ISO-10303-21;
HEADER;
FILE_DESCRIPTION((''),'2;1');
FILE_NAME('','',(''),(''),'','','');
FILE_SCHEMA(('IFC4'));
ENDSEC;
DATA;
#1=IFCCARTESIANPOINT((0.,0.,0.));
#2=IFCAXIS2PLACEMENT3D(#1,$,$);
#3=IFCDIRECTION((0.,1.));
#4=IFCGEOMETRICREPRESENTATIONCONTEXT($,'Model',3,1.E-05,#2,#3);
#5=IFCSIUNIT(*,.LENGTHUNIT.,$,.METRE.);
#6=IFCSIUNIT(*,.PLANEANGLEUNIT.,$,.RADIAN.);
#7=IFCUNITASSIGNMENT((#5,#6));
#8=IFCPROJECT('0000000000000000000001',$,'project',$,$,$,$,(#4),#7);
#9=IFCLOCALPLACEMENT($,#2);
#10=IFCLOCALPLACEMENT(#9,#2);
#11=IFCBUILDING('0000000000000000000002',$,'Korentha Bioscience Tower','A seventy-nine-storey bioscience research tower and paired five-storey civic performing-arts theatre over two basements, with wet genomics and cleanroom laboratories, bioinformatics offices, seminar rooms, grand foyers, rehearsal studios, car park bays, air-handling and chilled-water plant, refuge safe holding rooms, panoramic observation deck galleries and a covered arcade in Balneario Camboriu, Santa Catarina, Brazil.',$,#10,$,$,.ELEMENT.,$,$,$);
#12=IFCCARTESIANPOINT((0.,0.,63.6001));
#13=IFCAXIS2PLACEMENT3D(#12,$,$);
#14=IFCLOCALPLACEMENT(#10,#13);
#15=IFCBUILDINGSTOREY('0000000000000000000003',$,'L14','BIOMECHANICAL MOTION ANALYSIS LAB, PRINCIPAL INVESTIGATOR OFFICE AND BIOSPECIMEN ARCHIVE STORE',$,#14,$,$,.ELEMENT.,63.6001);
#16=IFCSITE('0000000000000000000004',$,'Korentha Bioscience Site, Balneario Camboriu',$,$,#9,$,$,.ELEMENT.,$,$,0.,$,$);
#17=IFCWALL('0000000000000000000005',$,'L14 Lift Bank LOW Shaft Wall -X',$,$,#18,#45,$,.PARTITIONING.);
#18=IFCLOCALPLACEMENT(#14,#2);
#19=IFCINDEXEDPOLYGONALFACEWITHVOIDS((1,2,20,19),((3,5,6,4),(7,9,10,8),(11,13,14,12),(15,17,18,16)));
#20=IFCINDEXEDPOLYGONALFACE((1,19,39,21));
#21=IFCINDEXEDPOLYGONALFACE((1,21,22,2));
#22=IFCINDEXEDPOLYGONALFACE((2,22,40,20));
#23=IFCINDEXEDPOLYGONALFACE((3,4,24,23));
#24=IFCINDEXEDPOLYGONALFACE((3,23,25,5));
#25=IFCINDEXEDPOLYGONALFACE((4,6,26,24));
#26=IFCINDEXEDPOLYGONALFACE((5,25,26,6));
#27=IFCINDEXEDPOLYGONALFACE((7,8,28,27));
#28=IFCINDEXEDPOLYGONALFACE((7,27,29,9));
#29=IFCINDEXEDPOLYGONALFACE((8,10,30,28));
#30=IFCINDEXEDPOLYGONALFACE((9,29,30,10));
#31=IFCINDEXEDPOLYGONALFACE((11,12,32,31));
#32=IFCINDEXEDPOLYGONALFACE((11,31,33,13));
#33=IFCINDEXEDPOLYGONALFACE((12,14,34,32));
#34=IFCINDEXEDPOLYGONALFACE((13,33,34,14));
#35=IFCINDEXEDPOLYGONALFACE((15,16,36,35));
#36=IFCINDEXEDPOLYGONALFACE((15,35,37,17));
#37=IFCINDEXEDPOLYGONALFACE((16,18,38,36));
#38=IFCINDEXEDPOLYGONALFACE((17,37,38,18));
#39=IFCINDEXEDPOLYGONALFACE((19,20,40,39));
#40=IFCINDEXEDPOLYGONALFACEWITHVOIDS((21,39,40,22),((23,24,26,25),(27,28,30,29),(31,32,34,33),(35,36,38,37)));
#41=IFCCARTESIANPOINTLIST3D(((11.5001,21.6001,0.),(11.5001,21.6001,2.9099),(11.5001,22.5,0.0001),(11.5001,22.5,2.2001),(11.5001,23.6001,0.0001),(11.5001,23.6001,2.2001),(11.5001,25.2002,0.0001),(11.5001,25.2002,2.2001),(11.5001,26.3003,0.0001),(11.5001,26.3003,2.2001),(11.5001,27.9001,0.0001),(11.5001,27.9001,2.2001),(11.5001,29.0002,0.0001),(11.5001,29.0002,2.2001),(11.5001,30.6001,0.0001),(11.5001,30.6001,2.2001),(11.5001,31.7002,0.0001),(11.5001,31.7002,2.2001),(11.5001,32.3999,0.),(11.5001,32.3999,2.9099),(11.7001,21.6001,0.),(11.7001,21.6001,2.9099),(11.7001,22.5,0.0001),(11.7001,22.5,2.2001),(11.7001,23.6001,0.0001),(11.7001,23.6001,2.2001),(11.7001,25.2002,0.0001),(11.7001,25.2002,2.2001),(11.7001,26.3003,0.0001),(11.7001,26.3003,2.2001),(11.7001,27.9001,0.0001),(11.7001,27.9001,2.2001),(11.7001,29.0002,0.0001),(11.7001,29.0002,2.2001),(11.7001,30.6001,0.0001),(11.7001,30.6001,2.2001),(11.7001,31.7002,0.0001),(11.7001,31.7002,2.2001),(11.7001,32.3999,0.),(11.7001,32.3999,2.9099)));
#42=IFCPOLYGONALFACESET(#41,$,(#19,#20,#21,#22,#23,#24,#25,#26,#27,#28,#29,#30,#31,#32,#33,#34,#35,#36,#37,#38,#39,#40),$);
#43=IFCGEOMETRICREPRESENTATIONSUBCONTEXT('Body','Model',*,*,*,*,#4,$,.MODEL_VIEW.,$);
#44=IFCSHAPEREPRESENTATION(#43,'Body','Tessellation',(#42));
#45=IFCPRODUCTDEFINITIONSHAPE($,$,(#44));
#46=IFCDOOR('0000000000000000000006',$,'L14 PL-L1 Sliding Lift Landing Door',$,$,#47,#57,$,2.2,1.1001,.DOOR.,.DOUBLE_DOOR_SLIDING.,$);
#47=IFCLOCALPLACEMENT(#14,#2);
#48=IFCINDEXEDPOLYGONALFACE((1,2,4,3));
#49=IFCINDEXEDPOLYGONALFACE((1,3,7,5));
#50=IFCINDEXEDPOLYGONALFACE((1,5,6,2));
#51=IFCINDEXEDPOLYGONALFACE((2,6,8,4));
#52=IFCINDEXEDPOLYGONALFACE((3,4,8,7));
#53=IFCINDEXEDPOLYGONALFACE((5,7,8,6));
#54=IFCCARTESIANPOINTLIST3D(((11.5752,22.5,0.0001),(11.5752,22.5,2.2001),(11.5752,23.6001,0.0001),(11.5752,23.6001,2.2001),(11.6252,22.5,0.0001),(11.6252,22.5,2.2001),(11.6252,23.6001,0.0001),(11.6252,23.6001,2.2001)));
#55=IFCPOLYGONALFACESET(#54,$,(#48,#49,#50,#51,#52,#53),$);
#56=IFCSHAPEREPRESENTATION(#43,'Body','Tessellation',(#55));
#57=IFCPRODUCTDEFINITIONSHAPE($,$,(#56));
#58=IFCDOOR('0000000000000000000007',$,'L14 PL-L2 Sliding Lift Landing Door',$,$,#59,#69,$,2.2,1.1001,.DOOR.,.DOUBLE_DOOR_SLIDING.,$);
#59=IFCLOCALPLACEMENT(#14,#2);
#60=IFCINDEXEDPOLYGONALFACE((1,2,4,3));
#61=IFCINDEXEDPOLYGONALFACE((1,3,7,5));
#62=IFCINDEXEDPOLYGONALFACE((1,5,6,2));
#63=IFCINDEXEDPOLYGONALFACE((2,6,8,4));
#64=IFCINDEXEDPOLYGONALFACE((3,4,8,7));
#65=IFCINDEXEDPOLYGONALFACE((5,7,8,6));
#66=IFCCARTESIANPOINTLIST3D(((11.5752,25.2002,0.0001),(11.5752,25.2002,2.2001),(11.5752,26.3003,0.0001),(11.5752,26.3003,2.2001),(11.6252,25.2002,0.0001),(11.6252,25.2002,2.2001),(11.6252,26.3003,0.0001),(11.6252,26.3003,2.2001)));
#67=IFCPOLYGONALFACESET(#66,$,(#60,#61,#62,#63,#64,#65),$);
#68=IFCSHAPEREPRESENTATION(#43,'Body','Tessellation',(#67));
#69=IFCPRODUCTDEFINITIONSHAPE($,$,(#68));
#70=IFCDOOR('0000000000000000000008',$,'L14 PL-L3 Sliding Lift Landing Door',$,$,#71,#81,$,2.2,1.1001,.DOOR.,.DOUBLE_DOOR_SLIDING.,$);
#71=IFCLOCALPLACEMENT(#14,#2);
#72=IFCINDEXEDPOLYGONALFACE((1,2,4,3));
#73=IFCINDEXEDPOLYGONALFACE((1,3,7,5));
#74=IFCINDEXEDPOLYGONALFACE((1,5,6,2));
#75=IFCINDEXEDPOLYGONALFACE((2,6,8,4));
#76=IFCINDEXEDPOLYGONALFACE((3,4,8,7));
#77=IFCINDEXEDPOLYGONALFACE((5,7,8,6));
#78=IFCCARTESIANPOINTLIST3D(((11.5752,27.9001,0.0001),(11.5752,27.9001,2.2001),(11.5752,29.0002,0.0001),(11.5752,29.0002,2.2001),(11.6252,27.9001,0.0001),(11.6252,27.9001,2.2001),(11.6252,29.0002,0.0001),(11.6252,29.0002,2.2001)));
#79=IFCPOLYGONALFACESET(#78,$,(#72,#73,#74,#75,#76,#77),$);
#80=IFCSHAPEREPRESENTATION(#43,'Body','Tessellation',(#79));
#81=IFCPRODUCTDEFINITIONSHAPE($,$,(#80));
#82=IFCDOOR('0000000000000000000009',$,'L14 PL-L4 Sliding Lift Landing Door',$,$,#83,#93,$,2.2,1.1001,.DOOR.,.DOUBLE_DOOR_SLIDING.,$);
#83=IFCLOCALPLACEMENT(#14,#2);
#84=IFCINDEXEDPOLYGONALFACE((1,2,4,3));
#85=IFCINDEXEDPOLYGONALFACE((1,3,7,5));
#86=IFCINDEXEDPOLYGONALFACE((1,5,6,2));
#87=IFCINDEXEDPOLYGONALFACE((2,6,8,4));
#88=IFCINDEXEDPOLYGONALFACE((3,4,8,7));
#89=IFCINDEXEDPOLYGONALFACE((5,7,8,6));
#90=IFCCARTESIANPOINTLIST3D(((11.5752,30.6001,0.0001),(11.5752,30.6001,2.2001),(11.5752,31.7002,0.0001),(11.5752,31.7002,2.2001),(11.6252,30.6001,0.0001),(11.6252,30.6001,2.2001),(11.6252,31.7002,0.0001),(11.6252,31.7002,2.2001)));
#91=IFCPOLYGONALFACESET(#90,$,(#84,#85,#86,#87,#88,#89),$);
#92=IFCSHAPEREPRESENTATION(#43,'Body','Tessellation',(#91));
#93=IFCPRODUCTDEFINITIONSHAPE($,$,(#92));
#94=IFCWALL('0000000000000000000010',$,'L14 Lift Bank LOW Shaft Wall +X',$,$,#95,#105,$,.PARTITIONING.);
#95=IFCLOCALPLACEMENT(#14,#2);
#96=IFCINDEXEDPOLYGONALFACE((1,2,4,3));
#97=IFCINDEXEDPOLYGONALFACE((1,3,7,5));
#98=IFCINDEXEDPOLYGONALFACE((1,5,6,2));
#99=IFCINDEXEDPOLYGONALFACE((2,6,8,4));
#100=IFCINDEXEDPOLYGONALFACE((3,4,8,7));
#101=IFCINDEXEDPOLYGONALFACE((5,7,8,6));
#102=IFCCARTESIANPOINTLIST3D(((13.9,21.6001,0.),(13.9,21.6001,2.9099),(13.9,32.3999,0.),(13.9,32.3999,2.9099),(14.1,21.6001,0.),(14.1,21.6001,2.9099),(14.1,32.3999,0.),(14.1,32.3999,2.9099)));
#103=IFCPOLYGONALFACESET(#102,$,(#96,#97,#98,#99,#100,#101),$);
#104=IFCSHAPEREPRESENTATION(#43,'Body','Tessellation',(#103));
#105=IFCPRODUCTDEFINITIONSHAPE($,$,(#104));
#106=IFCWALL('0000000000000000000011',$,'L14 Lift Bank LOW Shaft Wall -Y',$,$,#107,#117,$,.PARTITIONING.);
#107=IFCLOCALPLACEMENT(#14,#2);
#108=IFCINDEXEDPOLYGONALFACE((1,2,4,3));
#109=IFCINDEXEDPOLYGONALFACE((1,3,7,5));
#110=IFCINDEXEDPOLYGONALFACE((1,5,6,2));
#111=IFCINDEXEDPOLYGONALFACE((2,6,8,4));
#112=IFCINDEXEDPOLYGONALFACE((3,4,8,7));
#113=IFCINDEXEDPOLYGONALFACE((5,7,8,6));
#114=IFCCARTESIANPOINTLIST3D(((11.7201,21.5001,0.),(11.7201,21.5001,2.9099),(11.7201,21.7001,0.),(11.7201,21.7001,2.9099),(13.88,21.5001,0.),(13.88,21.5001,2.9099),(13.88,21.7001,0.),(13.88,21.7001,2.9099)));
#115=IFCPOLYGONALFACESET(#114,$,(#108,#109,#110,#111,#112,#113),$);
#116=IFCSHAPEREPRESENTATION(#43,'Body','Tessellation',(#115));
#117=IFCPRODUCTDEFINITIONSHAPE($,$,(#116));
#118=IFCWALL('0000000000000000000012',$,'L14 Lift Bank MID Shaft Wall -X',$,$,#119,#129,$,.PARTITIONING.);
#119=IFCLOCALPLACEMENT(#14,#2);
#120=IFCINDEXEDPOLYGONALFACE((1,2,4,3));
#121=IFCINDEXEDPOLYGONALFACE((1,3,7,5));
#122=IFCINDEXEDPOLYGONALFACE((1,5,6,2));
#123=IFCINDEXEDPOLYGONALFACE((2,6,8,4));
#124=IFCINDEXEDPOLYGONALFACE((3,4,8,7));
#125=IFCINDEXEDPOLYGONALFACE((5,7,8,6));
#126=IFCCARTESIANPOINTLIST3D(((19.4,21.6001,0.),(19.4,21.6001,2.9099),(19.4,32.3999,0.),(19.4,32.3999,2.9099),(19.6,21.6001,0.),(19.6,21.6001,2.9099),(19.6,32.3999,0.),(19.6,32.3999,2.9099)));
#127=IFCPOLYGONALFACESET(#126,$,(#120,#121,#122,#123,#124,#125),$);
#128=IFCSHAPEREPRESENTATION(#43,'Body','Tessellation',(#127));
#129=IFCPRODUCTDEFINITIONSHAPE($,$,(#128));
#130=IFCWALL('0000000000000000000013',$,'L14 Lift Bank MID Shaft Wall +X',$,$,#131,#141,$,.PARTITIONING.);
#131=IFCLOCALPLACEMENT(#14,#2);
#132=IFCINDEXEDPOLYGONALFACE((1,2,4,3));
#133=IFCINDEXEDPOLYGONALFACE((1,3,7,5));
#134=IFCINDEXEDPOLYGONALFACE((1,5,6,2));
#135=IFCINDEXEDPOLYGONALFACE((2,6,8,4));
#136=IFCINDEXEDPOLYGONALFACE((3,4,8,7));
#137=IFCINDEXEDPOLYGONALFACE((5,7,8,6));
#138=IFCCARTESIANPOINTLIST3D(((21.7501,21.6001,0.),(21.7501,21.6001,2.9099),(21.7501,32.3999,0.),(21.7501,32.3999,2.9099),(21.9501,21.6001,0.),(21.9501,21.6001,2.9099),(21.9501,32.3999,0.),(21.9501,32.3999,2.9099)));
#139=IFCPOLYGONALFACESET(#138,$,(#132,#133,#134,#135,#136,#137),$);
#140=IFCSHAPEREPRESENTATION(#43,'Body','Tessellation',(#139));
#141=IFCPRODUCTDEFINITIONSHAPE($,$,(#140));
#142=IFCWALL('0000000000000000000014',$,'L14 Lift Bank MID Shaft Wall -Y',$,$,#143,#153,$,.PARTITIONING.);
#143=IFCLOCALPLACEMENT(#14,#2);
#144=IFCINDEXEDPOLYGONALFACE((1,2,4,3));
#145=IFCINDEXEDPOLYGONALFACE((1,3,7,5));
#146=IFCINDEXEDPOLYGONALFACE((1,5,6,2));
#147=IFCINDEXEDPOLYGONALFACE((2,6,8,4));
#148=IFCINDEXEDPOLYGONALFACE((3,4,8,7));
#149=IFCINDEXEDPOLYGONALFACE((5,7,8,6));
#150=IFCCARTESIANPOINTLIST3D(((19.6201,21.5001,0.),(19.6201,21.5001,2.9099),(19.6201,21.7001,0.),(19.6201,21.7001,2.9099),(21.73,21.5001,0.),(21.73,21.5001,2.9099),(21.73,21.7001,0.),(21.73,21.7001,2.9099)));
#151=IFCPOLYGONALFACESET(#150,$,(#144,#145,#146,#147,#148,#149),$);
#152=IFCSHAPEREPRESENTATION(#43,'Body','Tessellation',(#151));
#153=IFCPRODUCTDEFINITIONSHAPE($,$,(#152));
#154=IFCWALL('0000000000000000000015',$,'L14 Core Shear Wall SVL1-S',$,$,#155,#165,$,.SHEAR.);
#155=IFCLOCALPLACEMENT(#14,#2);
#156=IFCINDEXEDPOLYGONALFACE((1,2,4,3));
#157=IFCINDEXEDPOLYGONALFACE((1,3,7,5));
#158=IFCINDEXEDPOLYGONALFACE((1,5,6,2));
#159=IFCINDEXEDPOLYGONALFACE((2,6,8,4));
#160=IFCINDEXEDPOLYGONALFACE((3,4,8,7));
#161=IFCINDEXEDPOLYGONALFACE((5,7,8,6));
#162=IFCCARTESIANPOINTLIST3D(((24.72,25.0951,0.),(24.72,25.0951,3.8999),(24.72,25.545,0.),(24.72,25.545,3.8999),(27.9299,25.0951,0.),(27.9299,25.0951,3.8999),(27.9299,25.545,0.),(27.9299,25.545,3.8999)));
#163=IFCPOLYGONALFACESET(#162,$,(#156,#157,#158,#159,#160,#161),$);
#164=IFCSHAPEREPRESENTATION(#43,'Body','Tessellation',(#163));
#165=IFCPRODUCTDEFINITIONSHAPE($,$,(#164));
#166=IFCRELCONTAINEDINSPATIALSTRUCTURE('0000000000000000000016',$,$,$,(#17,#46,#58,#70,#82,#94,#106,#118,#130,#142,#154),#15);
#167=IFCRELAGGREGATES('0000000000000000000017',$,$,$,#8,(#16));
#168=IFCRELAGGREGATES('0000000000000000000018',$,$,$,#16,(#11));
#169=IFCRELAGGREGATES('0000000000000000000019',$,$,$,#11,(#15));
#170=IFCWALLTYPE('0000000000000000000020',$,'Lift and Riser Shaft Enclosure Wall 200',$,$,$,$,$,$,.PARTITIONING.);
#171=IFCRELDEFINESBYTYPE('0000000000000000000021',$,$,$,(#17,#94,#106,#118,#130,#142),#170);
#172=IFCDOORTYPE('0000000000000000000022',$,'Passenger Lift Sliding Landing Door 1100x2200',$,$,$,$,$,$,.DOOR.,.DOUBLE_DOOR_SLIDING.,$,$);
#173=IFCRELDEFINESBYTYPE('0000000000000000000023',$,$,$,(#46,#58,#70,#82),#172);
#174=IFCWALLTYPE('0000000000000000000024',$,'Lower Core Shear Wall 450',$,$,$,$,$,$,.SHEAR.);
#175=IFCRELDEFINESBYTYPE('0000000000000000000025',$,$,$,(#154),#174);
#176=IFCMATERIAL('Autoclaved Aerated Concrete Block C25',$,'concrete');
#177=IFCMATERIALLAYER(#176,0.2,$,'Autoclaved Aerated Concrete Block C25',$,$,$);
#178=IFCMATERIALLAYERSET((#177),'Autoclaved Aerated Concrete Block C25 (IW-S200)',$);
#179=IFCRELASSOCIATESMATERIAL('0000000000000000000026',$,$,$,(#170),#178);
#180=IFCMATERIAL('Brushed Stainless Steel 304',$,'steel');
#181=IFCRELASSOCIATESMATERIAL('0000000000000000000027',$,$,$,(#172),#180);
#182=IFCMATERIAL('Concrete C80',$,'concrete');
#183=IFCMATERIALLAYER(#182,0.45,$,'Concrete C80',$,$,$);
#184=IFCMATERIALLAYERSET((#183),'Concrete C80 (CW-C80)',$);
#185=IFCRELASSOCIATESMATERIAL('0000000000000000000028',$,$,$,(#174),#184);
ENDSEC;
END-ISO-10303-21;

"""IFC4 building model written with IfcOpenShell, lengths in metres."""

from ifc_helpers import new_model, si_unit, direction, frame, frame_2d, origin, place, context, subcontext, project, spatial, rectangle, extrude, material, layer, layer_set, type_object, element, fill, save


model = new_model("IFC4")

# Units and contexts
model_context = context("Model", 3, precision=1e-05, world=origin(), true_north=direction((0.0, 1.0)))
body_context = subcontext(model_context, "Body", "Model", "MODEL_VIEW")
ifc_project = project(units=[si_unit("LENGTHUNIT", "METRE"), si_unit("PLANEANGLEUNIT", "RADIAN")], contexts=[model_context])

# Site, building, storey
site_placement = place(None, origin())
site = spatial("IfcSite", under=ifc_project, at=site_placement, Name="Korentha Bioscience Site, Balneario Camboriu", CompositionType="ELEMENT", RefElevation=0.0)
building_placement = place(site_placement, origin())
building = spatial("IfcBuilding", under=site, at=building_placement, Name="Korentha Bioscience Tower", Description="A seventy-nine-storey bioscience research tower and paired five-storey civic performing-arts theatre over two basements, with wet genomics and cleanroom laboratories, bioinformatics offices, seminar rooms, grand foyers, rehearsal studios, car park bays, air-handling and chilled-water plant, refuge safe holding rooms, panoramic observation deck galleries and a covered arcade in Balneario Camboriu, Santa Catarina, Brazil.", CompositionType="ELEMENT")
storey_placement = place(building_placement, frame((0.0, 0.0, 63.6001)))
storey = spatial("IfcBuildingStorey", under=building, at=storey_placement, Name="L14", Description="BIOMECHANICAL MOTION ANALYSIS LAB, PRINCIPAL INVESTIGATOR OFFICE AND BIOSPECIMEN ARCHIVE STORE", CompositionType="ELEMENT", Elevation=63.6001)

# Shared definitions
ifc_material_1 = material(Name="Concrete C80", Category="concrete")

# Wall, openings, doors
ifc_material_2 = material(Name="Autoclaved Aerated Concrete Block C25", Category="concrete")
ifc_layer_1 = layer(ifc_material_2, 0.2, Name="Autoclaved Aerated Concrete Block C25")
ifc_layer_set_1 = layer_set([ifc_layer_1], Name="Autoclaved Aerated Concrete Block C25 (IW-S200)")
wall_type_1 = type_object("IfcWallType", Name="Lift and Riser Shaft Enclosure Wall 200", PredefinedType="PARTITIONING", material=ifc_layer_set_1)
wall_1_placement = place(storey_placement, frame((11.6001, 21.6001, 0.0), z_axis=(0.0, 0.0, 1.0), x_axis=(0.0, 1.0, 0.0)))
wall_1 = element("IfcWall", 1, at=wall_1_placement, inside=storey, type_object=wall_type_1, Name="L14 Lift Bank LOW Shaft Wall -X", PredefinedType="PARTITIONING", context=body_context, shape_type="SweptSolid", body=[
    extrude(rectangle(XDim=10.7998, YDim=0.2, at=frame_2d((5.3999, 0.0))), origin(), (0.0, 0.0, 1.0), 2.9099),
])
opening_1_placement = place(wall_1_placement, frame((0.8999, 0.0, 0.0)))
opening_1 = element("IfcOpeningElement", 2, at=opening_1_placement, cuts=wall_1, PredefinedType="OPENING", context=body_context, shape_type="SweptSolid", body=[
    extrude(rectangle(XDim=1.1001, YDim=2.2, at=frame_2d((0.55, 1.1001))), frame((0.0, 0.1147, 0.0), z_axis=(0.0, -1.0, 0.0), x_axis=(1.0, 0.0, 0.0)), (0.0, 0.0, 1.0), 0.2297),
])
opening_2_placement = place(wall_1_placement, frame((3.6001, 0.0, 0.0)))
opening_2 = element("IfcOpeningElement", 3, at=opening_2_placement, cuts=wall_1, PredefinedType="OPENING", context=body_context, shape_type="SweptSolid", body=[
    extrude(rectangle(XDim=1.1001, YDim=2.2, at=frame_2d((0.55, 1.1001))), frame((0.0, 0.1147, 0.0), z_axis=(0.0, -1.0, 0.0), x_axis=(1.0, 0.0, 0.0)), (0.0, 0.0, 1.0), 0.2297),
])
opening_3_placement = place(wall_1_placement, frame((6.3, 0.0, 0.0)))
opening_3 = element("IfcOpeningElement", 4, at=opening_3_placement, cuts=wall_1, PredefinedType="OPENING", context=body_context, shape_type="SweptSolid", body=[
    extrude(rectangle(XDim=1.1001, YDim=2.2, at=frame_2d((0.55, 1.1001))), frame((0.0, 0.1147, 0.0), z_axis=(0.0, -1.0, 0.0), x_axis=(1.0, 0.0, 0.0)), (0.0, 0.0, 1.0), 0.2297),
])
opening_4_placement = place(wall_1_placement, frame((9.0, 0.0, 0.0)))
opening_4 = element("IfcOpeningElement", 5, at=opening_4_placement, cuts=wall_1, PredefinedType="OPENING", context=body_context, shape_type="SweptSolid", body=[
    extrude(rectangle(XDim=1.1001, YDim=2.2, at=frame_2d((0.55, 1.1001))), frame((0.0, 0.1147, 0.0), z_axis=(0.0, -1.0, 0.0), x_axis=(1.0, 0.0, 0.0)), (0.0, 0.0, 1.0), 0.2297),
])
ifc_material_3 = material(Name="Brushed Stainless Steel 304", Category="steel")
door_type_1 = type_object("IfcDoorType", Name="Passenger Lift Sliding Landing Door 1100x2200", OperationType="DOUBLE_DOOR_SLIDING", PredefinedType="DOOR", material=ifc_material_3)
door_1_placement = place(opening_1_placement, origin())
door_1 = element("IfcDoor", 6, at=door_1_placement, inside=storey, type_object=door_type_1, Name="L14 PL-L1 Sliding Lift Landing Door", OperationType="DOUBLE_DOOR_SLIDING", OverallHeight=2.2, OverallWidth=1.1001, PredefinedType="DOOR", context=body_context, shape_type="SweptSolid", body=[
    extrude(rectangle(XDim=1.1001, YDim=2.2, at=frame_2d((0.55, 1.1001))), frame((0.0, 0.0249, 0.0), z_axis=(0.0, -1.0, 0.0), x_axis=(1.0, 0.0, 0.0)), (0.0, 0.0, 1.0), 0.05),
])
fill(opening_1, door_1)
door_2_placement = place(opening_2_placement, origin())
door_2 = element("IfcDoor", 7, at=door_2_placement, inside=storey, type_object=door_type_1, Name="L14 PL-L2 Sliding Lift Landing Door", OperationType="DOUBLE_DOOR_SLIDING", OverallHeight=2.2, OverallWidth=1.1001, PredefinedType="DOOR", context=body_context, shape_type="SweptSolid", body=[
    extrude(rectangle(XDim=1.1001, YDim=2.2, at=frame_2d((0.55, 1.1001))), frame((0.0, 0.0249, 0.0), z_axis=(0.0, -1.0, 0.0), x_axis=(1.0, 0.0, 0.0)), (0.0, 0.0, 1.0), 0.05),
])
fill(opening_2, door_2)
door_3_placement = place(opening_3_placement, origin())
door_3 = element("IfcDoor", 8, at=door_3_placement, inside=storey, type_object=door_type_1, Name="L14 PL-L3 Sliding Lift Landing Door", OperationType="DOUBLE_DOOR_SLIDING", OverallHeight=2.2, OverallWidth=1.1001, PredefinedType="DOOR", context=body_context, shape_type="SweptSolid", body=[
    extrude(rectangle(XDim=1.1001, YDim=2.2, at=frame_2d((0.55, 1.1001))), frame((0.0, 0.0249, 0.0), z_axis=(0.0, -1.0, 0.0), x_axis=(1.0, 0.0, 0.0)), (0.0, 0.0, 1.0), 0.05),
])
fill(opening_3, door_3)
door_4_placement = place(opening_4_placement, origin())
door_4 = element("IfcDoor", 9, at=door_4_placement, inside=storey, type_object=door_type_1, Name="L14 PL-L4 Sliding Lift Landing Door", OperationType="DOUBLE_DOOR_SLIDING", OverallHeight=2.2, OverallWidth=1.1001, PredefinedType="DOOR", context=body_context, shape_type="SweptSolid", body=[
    extrude(rectangle(XDim=1.1001, YDim=2.2, at=frame_2d((0.55, 1.1001))), frame((0.0, 0.0249, 0.0), z_axis=(0.0, -1.0, 0.0), x_axis=(1.0, 0.0, 0.0)), (0.0, 0.0, 1.0), 0.05),
])
fill(opening_4, door_4)

# Walls
wall_2_placement = place(storey_placement, frame((14.0, 21.6001, 0.0), z_axis=(0.0, 0.0, 1.0), x_axis=(0.0, 1.0, 0.0)))
element("IfcWall", 10, at=wall_2_placement, inside=storey, type_object=wall_type_1, Name="L14 Lift Bank LOW Shaft Wall +X", PredefinedType="PARTITIONING", context=body_context, shape_type="SweptSolid", body=[
    extrude(rectangle(XDim=10.7998, YDim=0.2, at=frame_2d((5.3999, 0.0))), origin(), (0.0, 0.0, 1.0), 2.9099),
])
wall_3_placement = place(storey_placement, frame((11.72, 21.6001, 0.0), z_axis=(0.0, 0.0, 1.0), x_axis=(1.0, 0.0, 0.0)))
element("IfcWall", 11, at=wall_3_placement, inside=storey, type_object=wall_type_1, Name="L14 Lift Bank LOW Shaft Wall -Y", PredefinedType="PARTITIONING", context=body_context, shape_type="SweptSolid", body=[
    extrude(rectangle(XDim=2.1599, YDim=0.2, at=frame_2d((1.0801, 0.0))), origin(), (0.0, 0.0, 1.0), 2.9099),
])
for number, where, z_axis, x_axis, name in (
    (12, (19.5, 21.6001, 0.0), (0.0, 0.0, 1.0), (0.0, 1.0, 0.0), "L14 Lift Bank MID Shaft Wall -X"),
    (13, (21.8501, 21.6001, 0.0), (0.0, 0.0, 1.0), (0.0, 1.0, 0.0), "L14 Lift Bank MID Shaft Wall +X"),
):
    element("IfcWall", number, at=place(storey_placement, frame(where, z_axis=z_axis, x_axis=x_axis)), inside=storey, type_object=wall_type_1, Name=name, PredefinedType="PARTITIONING", context=body_context, shape_type="SweptSolid", body=[
        extrude(rectangle(XDim=10.7998, YDim=0.2, at=frame_2d((5.3999, 0.0))), origin(), (0.0, 0.0, 1.0), 2.9099),
    ])
wall_4_placement = place(storey_placement, frame((19.6201, 21.6001, 0.0), z_axis=(0.0, 0.0, 1.0), x_axis=(1.0, 0.0, 0.0)))
element("IfcWall", 14, at=wall_4_placement, inside=storey, type_object=wall_type_1, Name="L14 Lift Bank MID Shaft Wall -Y", PredefinedType="PARTITIONING", context=body_context, shape_type="SweptSolid", body=[
    extrude(rectangle(XDim=2.1099, YDim=0.2, at=frame_2d((1.0549, 0.0))), origin(), (0.0, 0.0, 1.0), 2.9099),
])
ifc_layer_2 = layer(ifc_material_1, 0.45, Name="Concrete C80")
ifc_layer_set_2 = layer_set([ifc_layer_2], Name="Concrete C80 (CW-C80)")
wall_type_2 = type_object("IfcWallType", Name="Lower Core Shear Wall 450", PredefinedType="SHEAR", material=ifc_layer_set_2)
wall_5_placement = place(storey_placement, frame((24.72, 25.3201, 0.0), z_axis=(0.0, 0.0, 1.0), x_axis=(1.0, 0.0, 0.0)))
element("IfcWall", 15, at=wall_5_placement, inside=storey, type_object=wall_type_2, Name="L14 Core Shear Wall SVL1-S", PredefinedType="SHEAR", context=body_context, shape_type="SweptSolid", body=[
    extrude(rectangle(XDim=3.21, YDim=0.45, at=frame_2d((1.605, 0.0))), origin(), (0.0, 0.0, 1.0), 3.8999),
])

save(model, "model.ifc")
